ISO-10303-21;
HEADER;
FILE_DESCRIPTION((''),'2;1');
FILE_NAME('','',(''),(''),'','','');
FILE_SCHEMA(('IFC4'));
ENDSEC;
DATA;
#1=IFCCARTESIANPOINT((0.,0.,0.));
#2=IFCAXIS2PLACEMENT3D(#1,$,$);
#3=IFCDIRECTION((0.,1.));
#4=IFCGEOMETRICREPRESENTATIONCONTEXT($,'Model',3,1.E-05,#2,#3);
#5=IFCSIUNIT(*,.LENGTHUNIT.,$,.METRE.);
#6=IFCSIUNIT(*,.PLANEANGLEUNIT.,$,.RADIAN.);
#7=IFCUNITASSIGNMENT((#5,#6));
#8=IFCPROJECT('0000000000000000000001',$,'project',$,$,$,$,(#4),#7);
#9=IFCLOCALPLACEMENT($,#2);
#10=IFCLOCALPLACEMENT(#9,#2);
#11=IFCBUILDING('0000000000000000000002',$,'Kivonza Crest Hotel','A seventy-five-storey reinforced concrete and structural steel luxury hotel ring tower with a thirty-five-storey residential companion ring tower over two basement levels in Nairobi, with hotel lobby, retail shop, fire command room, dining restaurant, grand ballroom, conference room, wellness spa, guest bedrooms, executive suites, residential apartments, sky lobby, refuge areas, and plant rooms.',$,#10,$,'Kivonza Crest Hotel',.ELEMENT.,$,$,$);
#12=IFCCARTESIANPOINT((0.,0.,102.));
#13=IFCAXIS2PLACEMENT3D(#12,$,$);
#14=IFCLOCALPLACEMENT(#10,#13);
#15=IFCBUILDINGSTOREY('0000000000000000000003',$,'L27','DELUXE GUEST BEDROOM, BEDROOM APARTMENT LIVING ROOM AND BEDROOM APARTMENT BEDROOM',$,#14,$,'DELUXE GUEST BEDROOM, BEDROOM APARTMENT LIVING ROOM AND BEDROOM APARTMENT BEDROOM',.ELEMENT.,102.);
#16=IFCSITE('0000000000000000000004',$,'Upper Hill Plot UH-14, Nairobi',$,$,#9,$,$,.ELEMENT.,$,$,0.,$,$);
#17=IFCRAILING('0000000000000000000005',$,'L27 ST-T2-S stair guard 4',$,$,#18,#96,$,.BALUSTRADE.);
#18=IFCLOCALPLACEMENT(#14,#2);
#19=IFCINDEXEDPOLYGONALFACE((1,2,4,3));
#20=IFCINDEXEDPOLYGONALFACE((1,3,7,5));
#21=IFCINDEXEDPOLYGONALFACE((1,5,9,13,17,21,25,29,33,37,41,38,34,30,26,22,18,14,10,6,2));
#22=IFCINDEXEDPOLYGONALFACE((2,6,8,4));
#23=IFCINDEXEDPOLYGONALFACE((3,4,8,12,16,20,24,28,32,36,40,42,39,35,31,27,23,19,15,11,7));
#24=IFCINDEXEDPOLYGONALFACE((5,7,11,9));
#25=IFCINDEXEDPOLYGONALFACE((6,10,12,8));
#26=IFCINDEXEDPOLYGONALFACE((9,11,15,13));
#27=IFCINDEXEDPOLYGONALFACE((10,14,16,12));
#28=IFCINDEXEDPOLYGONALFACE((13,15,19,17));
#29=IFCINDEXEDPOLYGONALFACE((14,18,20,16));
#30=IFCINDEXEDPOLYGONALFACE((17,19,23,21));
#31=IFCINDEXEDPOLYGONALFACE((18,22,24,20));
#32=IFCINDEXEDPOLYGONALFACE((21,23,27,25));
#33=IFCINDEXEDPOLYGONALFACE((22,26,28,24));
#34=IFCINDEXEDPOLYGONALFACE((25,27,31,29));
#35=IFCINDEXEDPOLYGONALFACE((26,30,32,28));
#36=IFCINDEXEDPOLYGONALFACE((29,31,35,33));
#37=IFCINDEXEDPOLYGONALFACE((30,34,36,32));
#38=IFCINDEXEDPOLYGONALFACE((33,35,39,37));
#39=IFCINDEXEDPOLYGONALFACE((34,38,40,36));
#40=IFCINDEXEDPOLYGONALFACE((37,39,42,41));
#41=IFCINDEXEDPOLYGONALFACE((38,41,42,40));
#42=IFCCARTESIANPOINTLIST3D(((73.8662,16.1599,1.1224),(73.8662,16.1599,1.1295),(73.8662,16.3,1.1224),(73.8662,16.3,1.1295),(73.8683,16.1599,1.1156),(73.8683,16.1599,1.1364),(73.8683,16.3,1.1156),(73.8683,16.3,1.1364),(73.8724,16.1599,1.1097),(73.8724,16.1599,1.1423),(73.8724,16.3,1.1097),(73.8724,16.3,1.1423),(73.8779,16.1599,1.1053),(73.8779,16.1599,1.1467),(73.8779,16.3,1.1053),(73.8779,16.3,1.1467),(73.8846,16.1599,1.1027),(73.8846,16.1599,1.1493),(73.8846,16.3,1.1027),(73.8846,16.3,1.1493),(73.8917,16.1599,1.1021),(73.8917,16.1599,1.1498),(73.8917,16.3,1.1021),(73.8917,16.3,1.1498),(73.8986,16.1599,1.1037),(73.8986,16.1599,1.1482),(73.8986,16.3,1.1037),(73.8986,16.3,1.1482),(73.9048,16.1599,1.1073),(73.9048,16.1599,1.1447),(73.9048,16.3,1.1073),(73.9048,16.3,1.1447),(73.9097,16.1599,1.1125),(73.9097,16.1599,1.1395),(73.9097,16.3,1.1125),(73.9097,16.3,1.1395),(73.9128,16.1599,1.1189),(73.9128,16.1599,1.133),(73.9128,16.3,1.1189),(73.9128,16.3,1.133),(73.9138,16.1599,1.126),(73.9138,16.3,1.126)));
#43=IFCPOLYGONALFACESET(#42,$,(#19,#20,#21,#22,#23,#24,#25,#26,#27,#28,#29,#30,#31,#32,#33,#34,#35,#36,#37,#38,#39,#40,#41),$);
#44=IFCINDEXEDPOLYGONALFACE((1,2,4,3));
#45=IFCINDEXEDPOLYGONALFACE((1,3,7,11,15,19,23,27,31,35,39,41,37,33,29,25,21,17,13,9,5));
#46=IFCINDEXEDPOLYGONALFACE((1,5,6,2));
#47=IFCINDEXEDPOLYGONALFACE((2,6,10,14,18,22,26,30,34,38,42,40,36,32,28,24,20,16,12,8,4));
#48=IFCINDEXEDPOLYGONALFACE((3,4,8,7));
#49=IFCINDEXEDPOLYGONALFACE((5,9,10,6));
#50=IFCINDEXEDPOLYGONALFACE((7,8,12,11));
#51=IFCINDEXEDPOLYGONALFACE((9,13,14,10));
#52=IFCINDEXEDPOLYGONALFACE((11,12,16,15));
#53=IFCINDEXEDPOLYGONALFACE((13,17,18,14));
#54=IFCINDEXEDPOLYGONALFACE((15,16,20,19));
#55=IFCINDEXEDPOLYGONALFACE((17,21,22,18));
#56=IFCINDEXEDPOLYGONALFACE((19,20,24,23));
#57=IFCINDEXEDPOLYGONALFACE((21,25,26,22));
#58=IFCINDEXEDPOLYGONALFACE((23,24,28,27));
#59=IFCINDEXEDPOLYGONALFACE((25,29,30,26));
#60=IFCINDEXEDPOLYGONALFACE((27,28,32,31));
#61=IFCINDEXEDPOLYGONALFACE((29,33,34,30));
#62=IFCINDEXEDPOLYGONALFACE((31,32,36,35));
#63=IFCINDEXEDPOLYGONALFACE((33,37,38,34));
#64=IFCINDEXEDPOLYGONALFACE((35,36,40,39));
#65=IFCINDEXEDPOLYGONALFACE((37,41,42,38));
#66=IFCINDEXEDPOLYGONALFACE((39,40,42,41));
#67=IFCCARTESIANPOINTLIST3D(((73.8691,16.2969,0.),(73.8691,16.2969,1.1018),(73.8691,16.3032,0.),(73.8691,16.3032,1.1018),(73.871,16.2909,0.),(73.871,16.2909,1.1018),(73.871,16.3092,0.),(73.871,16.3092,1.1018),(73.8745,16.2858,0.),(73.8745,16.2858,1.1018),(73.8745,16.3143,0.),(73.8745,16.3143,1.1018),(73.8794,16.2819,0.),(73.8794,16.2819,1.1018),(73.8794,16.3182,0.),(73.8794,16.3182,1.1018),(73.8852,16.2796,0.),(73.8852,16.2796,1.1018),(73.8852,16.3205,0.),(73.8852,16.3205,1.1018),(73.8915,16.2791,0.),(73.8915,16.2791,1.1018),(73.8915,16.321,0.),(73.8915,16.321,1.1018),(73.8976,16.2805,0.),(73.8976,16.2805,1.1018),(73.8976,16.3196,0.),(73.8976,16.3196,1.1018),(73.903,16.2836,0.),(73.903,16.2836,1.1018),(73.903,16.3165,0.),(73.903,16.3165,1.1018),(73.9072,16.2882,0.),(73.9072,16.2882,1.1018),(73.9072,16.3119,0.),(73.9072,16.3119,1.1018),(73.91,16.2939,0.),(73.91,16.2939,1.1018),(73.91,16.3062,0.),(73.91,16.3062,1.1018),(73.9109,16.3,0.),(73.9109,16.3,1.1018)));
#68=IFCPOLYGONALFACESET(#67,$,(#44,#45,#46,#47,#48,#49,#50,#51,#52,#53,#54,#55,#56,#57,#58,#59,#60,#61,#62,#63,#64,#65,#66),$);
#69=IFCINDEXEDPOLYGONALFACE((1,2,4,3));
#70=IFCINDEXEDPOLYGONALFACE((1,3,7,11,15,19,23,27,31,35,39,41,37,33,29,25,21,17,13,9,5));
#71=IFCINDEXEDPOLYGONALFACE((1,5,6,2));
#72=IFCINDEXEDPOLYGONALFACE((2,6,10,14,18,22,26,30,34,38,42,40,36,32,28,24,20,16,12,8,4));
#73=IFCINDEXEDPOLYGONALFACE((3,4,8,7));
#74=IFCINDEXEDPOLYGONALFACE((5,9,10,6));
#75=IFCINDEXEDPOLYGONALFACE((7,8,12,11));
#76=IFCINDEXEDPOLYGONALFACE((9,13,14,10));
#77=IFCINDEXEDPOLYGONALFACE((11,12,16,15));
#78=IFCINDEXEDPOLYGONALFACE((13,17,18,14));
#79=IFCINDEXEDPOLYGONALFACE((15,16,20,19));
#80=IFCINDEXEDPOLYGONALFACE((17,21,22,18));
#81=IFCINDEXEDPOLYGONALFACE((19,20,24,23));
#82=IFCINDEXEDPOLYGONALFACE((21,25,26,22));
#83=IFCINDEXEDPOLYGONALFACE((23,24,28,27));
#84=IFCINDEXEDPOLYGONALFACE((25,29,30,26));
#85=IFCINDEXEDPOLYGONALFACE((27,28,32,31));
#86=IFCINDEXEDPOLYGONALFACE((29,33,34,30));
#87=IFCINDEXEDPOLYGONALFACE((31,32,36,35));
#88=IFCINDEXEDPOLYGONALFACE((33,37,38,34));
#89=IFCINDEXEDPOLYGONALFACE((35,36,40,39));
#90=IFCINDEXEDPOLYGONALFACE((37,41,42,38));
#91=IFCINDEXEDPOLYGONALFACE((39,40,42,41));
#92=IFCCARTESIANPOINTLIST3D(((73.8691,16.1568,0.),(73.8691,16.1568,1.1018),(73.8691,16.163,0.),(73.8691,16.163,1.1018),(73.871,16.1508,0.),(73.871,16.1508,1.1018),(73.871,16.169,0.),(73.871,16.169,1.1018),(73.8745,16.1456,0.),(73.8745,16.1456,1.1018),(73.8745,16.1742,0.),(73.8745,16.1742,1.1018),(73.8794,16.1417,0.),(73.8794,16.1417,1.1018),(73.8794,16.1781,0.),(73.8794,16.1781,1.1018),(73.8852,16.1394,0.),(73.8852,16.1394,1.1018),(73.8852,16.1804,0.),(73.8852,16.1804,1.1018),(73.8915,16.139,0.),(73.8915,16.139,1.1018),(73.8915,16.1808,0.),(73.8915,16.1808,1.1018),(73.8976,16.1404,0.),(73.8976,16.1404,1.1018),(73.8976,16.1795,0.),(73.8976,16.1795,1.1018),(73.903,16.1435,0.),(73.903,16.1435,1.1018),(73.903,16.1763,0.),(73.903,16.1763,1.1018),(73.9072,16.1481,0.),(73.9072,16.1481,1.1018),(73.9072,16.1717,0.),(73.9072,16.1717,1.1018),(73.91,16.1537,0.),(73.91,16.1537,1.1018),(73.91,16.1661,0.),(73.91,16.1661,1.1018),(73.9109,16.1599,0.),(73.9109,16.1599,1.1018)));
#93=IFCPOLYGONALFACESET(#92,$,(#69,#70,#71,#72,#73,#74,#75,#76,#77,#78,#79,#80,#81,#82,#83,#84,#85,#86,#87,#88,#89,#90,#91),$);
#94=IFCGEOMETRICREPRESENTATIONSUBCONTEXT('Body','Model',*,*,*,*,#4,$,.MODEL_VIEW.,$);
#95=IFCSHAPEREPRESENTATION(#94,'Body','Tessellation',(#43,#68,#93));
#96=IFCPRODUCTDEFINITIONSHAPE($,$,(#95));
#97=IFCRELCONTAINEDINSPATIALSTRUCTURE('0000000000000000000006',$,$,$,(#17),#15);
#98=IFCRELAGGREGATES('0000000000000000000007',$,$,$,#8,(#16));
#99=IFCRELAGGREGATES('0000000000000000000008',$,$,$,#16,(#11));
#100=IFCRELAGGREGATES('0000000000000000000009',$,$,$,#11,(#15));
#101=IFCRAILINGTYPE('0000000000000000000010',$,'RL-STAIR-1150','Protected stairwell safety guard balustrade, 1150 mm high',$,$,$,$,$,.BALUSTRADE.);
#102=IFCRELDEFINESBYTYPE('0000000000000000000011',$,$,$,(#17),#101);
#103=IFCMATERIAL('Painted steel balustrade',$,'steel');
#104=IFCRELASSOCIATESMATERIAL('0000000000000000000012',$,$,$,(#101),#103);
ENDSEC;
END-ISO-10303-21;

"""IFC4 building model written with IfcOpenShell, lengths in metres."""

from ifc_helpers import new_model, si_unit, direction, frame, origin, origin_2d, place, context, subcontext, project, spatial, circle, extrude, material, type_object, element, save


model = new_model("IFC4")

# Units and contexts
model_context = context("Model", 3, precision=1e-05, world=origin(), true_north=direction((0.0, 1.0)))
body_context = subcontext(model_context, "Body", "Model", "MODEL_VIEW")
ifc_project = project(units=[si_unit("LENGTHUNIT", "METRE"), si_unit("PLANEANGLEUNIT", "RADIAN")], contexts=[model_context])

# Site, building, storey
site_placement = place(None, origin())
site = spatial("IfcSite", under=ifc_project, at=site_placement, Name="Upper Hill Plot UH-14, Nairobi", CompositionType="ELEMENT", RefElevation=0.0)
building_placement = place(site_placement, origin())
building = spatial("IfcBuilding", under=site, at=building_placement, Name="Kivonza Crest Hotel", Description="A seventy-five-storey reinforced concrete and structural steel luxury hotel ring tower with a thirty-five-storey residential companion ring tower over two basement levels in Nairobi, with hotel lobby, retail shop, fire command room, dining restaurant, grand ballroom, conference room, wellness spa, guest bedrooms, executive suites, residential apartments, sky lobby, refuge areas, and plant rooms.", LongName="Kivonza Crest Hotel", CompositionType="ELEMENT")
storey_placement = place(building_placement, frame((0.0, 0.0, 102.0)))
storey = spatial("IfcBuildingStorey", under=building, at=storey_placement, Name="L27", Description="DELUXE GUEST BEDROOM, BEDROOM APARTMENT LIVING ROOM AND BEDROOM APARTMENT BEDROOM", LongName="DELUXE GUEST BEDROOM, BEDROOM APARTMENT LIVING ROOM AND BEDROOM APARTMENT BEDROOM", CompositionType="ELEMENT", Elevation=102.0)

# Railing
ifc_material_1 = material(Name="Painted steel balustrade", Category="steel")
railing_type_1 = type_object("IfcRailingType", Name="RL-STAIR-1150", Description="Protected stairwell safety guard balustrade, 1150 mm high", PredefinedType="BALUSTRADE", material=ifc_material_1)
railing_1_placement = place(storey_placement, frame((73.8899, 16.3, 0.0)))
element("IfcRailing", 1, at=railing_1_placement, inside=storey, type_object=railing_type_1, Name="L27 ST-T2-S stair guard 4", PredefinedType="BALUSTRADE", context=body_context, shape_type="SweptSolid", body=[
    extrude(circle(Radius=0.0239, at=origin_2d()), frame((0.0, 0.0, 1.126), z_axis=(0.0, -1.0, 0.0), x_axis=(1.0, 0.0, 0.0)), (0.0, 0.0, 1.0), 0.1401),
    extrude(circle(Radius=0.021, at=origin_2d()), origin(), (0.0, 0.0, 1.0), 1.1018),
    extrude(circle(Radius=0.021, at=origin_2d()), frame((0.0, -0.1401, 0.0)), (0.0, 0.0, 1.0), 1.1018),
])

save(model, "model.ifc")
